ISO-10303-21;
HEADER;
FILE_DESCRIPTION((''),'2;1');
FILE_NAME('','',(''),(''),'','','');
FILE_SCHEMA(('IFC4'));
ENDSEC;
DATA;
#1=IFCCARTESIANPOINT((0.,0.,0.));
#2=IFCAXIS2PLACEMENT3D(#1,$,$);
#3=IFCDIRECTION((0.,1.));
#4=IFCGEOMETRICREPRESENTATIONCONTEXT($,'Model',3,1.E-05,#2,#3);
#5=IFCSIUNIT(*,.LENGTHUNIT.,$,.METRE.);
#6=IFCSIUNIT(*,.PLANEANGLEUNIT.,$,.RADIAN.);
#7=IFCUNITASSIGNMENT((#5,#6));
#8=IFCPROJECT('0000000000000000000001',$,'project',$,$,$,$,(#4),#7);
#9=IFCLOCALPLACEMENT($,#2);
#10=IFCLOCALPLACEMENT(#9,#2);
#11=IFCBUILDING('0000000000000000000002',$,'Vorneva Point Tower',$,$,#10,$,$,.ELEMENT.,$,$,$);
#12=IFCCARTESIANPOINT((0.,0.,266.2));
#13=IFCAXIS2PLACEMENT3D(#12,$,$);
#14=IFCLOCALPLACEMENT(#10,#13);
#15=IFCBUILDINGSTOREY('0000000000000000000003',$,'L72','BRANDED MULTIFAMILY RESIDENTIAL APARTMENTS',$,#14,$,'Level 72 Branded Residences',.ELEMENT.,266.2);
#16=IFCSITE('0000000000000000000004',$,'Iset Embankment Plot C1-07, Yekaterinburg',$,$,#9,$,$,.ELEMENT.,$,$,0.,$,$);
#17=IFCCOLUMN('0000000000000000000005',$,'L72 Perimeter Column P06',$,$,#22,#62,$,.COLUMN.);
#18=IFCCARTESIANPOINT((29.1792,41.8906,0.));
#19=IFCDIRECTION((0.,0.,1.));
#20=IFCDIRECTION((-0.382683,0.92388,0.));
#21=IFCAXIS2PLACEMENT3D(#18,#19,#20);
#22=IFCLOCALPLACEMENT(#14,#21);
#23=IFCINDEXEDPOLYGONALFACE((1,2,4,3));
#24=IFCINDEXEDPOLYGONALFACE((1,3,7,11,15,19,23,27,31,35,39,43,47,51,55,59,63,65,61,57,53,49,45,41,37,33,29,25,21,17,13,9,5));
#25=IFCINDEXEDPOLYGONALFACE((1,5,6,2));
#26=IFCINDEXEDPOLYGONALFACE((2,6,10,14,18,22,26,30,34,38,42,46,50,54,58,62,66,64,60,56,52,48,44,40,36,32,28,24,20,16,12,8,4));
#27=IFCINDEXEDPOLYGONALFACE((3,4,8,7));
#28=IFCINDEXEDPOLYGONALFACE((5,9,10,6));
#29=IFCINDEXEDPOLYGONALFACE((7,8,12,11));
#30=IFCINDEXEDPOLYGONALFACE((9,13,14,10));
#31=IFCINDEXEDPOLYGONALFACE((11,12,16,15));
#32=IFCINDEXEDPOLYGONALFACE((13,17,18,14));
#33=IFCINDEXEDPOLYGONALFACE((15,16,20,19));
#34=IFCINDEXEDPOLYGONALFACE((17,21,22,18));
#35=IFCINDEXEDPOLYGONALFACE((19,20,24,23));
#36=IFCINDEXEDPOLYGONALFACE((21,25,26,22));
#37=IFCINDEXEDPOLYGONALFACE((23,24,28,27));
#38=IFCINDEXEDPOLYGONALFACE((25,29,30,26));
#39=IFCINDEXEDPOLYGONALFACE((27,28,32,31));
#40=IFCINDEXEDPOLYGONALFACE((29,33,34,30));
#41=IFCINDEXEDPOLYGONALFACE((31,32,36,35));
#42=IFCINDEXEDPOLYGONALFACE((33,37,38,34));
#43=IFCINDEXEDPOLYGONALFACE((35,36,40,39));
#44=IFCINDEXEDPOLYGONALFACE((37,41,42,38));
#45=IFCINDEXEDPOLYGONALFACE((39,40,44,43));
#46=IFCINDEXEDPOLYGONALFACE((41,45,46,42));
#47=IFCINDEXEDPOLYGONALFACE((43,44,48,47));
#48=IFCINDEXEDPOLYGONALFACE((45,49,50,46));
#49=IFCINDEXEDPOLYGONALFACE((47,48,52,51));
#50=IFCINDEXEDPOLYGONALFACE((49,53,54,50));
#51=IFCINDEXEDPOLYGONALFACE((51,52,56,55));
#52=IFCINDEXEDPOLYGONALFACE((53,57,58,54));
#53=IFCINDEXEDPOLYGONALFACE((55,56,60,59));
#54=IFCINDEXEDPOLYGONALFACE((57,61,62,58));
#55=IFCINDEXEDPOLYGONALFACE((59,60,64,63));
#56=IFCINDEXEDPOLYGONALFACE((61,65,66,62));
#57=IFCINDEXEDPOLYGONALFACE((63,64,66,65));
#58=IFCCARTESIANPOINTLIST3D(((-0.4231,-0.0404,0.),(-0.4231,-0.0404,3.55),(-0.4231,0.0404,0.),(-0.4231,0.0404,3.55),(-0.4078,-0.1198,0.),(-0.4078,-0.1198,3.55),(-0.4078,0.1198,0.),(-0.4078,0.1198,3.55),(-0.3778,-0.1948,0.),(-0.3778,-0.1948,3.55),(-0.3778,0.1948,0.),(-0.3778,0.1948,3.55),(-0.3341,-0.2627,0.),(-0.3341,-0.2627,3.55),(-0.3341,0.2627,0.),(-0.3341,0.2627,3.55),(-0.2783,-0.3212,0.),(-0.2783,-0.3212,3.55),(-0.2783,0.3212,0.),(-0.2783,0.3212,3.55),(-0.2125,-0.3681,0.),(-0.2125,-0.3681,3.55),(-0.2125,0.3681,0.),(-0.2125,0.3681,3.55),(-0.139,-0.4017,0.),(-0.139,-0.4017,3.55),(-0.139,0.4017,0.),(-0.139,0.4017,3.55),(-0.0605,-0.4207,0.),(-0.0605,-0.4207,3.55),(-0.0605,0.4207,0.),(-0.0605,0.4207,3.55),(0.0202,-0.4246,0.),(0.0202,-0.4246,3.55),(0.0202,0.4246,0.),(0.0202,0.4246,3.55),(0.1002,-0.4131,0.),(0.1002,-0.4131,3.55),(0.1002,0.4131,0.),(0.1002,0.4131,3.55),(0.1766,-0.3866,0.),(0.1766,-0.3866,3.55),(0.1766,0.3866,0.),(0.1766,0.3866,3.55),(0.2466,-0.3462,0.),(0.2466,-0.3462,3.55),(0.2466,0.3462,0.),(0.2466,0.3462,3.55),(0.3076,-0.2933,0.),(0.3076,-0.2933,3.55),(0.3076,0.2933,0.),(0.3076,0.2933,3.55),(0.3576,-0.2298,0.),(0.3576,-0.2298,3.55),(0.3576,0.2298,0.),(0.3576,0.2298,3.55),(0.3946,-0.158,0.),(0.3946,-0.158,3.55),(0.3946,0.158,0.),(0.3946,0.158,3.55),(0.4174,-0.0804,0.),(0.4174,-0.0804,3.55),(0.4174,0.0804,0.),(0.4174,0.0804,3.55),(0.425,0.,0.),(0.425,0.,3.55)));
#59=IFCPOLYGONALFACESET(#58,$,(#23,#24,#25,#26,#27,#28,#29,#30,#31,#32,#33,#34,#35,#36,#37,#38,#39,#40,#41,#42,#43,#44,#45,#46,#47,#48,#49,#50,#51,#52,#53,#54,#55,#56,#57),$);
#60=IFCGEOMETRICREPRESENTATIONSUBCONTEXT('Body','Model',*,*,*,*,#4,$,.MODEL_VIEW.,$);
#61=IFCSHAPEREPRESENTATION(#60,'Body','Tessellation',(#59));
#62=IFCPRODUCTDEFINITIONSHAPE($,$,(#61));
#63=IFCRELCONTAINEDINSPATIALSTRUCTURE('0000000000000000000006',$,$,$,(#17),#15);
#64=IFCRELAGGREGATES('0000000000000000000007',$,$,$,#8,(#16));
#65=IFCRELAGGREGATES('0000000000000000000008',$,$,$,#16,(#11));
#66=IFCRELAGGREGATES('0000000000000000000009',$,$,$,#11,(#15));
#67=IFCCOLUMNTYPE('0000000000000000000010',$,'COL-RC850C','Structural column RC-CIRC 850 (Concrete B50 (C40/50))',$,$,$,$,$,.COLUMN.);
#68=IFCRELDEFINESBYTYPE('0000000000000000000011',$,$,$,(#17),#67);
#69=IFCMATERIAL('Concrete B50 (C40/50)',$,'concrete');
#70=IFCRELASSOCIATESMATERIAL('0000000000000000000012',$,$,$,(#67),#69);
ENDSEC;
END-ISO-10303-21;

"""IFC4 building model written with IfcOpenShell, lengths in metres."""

from ifc_helpers import new_model, si_unit, direction, frame, origin, origin_2d, place, context, subcontext, project, spatial, circle, extrude, material, material_profile, profile_set, type_object, element, save


model = new_model("IFC4")

# Units and contexts
model_context = context("Model", 3, precision=1e-05, world=origin(), true_north=direction((0.0, 1.0)))
body_context = subcontext(model_context, "Body", "Model", "MODEL_VIEW")
ifc_project = project(units=[si_unit("LENGTHUNIT", "METRE"), si_unit("PLANEANGLEUNIT", "RADIAN")], contexts=[model_context])

# Site, building, storey
site_placement = place(None, origin())
site = spatial("IfcSite", under=ifc_project, at=site_placement, Name="Iset Embankment Plot C1-07, Yekaterinburg", CompositionType="ELEMENT", RefElevation=0.0)
building_placement = place(site_placement, origin())
building = spatial("IfcBuilding", under=site, at=building_placement, Name="Vorneva Point Tower", CompositionType="ELEMENT")
storey_placement = place(building_placement, frame((0.0, 0.0, 266.2)))
storey = spatial("IfcBuildingStorey", under=building, at=storey_placement, Name="L72", Description="BRANDED MULTIFAMILY RESIDENTIAL APARTMENTS", LongName="Level 72 Branded Residences", CompositionType="ELEMENT", Elevation=266.2)

# Column
ifc_material_1 = material(Name="Concrete B50 (C40/50)", Category="concrete")
ifc_material_profile_1 = material_profile(ifc_material_1, circle(Radius=0.425, at=origin_2d()), Name="RC-CIRC 850")
ifc_profile_set_1 = profile_set([ifc_material_profile_1], Name="Concrete B50 (C40/50)")
column_type = type_object("IfcColumnType", Name="COL-RC850C", Description="Structural column RC-CIRC 850 (Concrete B50 (C40/50))", PredefinedType="COLUMN", material=ifc_profile_set_1)
column_placement = place(storey_placement, frame((29.1792, 41.8906, 0.0), z_axis=(0.0, 0.0, 1.0), x_axis=(-0.382683, 0.92388, 0.0)))
element("IfcColumn", 1, at=column_placement, inside=storey, type_object=column_type, Name="L72 Perimeter Column P06", PredefinedType="COLUMN", context=body_context, shape_type="SweptSolid", body=[
    extrude(circle(Radius=0.425, at=origin_2d()), origin(), (0.0, 0.0, 1.0), 3.55),
])

save(model, "model.ifc")
